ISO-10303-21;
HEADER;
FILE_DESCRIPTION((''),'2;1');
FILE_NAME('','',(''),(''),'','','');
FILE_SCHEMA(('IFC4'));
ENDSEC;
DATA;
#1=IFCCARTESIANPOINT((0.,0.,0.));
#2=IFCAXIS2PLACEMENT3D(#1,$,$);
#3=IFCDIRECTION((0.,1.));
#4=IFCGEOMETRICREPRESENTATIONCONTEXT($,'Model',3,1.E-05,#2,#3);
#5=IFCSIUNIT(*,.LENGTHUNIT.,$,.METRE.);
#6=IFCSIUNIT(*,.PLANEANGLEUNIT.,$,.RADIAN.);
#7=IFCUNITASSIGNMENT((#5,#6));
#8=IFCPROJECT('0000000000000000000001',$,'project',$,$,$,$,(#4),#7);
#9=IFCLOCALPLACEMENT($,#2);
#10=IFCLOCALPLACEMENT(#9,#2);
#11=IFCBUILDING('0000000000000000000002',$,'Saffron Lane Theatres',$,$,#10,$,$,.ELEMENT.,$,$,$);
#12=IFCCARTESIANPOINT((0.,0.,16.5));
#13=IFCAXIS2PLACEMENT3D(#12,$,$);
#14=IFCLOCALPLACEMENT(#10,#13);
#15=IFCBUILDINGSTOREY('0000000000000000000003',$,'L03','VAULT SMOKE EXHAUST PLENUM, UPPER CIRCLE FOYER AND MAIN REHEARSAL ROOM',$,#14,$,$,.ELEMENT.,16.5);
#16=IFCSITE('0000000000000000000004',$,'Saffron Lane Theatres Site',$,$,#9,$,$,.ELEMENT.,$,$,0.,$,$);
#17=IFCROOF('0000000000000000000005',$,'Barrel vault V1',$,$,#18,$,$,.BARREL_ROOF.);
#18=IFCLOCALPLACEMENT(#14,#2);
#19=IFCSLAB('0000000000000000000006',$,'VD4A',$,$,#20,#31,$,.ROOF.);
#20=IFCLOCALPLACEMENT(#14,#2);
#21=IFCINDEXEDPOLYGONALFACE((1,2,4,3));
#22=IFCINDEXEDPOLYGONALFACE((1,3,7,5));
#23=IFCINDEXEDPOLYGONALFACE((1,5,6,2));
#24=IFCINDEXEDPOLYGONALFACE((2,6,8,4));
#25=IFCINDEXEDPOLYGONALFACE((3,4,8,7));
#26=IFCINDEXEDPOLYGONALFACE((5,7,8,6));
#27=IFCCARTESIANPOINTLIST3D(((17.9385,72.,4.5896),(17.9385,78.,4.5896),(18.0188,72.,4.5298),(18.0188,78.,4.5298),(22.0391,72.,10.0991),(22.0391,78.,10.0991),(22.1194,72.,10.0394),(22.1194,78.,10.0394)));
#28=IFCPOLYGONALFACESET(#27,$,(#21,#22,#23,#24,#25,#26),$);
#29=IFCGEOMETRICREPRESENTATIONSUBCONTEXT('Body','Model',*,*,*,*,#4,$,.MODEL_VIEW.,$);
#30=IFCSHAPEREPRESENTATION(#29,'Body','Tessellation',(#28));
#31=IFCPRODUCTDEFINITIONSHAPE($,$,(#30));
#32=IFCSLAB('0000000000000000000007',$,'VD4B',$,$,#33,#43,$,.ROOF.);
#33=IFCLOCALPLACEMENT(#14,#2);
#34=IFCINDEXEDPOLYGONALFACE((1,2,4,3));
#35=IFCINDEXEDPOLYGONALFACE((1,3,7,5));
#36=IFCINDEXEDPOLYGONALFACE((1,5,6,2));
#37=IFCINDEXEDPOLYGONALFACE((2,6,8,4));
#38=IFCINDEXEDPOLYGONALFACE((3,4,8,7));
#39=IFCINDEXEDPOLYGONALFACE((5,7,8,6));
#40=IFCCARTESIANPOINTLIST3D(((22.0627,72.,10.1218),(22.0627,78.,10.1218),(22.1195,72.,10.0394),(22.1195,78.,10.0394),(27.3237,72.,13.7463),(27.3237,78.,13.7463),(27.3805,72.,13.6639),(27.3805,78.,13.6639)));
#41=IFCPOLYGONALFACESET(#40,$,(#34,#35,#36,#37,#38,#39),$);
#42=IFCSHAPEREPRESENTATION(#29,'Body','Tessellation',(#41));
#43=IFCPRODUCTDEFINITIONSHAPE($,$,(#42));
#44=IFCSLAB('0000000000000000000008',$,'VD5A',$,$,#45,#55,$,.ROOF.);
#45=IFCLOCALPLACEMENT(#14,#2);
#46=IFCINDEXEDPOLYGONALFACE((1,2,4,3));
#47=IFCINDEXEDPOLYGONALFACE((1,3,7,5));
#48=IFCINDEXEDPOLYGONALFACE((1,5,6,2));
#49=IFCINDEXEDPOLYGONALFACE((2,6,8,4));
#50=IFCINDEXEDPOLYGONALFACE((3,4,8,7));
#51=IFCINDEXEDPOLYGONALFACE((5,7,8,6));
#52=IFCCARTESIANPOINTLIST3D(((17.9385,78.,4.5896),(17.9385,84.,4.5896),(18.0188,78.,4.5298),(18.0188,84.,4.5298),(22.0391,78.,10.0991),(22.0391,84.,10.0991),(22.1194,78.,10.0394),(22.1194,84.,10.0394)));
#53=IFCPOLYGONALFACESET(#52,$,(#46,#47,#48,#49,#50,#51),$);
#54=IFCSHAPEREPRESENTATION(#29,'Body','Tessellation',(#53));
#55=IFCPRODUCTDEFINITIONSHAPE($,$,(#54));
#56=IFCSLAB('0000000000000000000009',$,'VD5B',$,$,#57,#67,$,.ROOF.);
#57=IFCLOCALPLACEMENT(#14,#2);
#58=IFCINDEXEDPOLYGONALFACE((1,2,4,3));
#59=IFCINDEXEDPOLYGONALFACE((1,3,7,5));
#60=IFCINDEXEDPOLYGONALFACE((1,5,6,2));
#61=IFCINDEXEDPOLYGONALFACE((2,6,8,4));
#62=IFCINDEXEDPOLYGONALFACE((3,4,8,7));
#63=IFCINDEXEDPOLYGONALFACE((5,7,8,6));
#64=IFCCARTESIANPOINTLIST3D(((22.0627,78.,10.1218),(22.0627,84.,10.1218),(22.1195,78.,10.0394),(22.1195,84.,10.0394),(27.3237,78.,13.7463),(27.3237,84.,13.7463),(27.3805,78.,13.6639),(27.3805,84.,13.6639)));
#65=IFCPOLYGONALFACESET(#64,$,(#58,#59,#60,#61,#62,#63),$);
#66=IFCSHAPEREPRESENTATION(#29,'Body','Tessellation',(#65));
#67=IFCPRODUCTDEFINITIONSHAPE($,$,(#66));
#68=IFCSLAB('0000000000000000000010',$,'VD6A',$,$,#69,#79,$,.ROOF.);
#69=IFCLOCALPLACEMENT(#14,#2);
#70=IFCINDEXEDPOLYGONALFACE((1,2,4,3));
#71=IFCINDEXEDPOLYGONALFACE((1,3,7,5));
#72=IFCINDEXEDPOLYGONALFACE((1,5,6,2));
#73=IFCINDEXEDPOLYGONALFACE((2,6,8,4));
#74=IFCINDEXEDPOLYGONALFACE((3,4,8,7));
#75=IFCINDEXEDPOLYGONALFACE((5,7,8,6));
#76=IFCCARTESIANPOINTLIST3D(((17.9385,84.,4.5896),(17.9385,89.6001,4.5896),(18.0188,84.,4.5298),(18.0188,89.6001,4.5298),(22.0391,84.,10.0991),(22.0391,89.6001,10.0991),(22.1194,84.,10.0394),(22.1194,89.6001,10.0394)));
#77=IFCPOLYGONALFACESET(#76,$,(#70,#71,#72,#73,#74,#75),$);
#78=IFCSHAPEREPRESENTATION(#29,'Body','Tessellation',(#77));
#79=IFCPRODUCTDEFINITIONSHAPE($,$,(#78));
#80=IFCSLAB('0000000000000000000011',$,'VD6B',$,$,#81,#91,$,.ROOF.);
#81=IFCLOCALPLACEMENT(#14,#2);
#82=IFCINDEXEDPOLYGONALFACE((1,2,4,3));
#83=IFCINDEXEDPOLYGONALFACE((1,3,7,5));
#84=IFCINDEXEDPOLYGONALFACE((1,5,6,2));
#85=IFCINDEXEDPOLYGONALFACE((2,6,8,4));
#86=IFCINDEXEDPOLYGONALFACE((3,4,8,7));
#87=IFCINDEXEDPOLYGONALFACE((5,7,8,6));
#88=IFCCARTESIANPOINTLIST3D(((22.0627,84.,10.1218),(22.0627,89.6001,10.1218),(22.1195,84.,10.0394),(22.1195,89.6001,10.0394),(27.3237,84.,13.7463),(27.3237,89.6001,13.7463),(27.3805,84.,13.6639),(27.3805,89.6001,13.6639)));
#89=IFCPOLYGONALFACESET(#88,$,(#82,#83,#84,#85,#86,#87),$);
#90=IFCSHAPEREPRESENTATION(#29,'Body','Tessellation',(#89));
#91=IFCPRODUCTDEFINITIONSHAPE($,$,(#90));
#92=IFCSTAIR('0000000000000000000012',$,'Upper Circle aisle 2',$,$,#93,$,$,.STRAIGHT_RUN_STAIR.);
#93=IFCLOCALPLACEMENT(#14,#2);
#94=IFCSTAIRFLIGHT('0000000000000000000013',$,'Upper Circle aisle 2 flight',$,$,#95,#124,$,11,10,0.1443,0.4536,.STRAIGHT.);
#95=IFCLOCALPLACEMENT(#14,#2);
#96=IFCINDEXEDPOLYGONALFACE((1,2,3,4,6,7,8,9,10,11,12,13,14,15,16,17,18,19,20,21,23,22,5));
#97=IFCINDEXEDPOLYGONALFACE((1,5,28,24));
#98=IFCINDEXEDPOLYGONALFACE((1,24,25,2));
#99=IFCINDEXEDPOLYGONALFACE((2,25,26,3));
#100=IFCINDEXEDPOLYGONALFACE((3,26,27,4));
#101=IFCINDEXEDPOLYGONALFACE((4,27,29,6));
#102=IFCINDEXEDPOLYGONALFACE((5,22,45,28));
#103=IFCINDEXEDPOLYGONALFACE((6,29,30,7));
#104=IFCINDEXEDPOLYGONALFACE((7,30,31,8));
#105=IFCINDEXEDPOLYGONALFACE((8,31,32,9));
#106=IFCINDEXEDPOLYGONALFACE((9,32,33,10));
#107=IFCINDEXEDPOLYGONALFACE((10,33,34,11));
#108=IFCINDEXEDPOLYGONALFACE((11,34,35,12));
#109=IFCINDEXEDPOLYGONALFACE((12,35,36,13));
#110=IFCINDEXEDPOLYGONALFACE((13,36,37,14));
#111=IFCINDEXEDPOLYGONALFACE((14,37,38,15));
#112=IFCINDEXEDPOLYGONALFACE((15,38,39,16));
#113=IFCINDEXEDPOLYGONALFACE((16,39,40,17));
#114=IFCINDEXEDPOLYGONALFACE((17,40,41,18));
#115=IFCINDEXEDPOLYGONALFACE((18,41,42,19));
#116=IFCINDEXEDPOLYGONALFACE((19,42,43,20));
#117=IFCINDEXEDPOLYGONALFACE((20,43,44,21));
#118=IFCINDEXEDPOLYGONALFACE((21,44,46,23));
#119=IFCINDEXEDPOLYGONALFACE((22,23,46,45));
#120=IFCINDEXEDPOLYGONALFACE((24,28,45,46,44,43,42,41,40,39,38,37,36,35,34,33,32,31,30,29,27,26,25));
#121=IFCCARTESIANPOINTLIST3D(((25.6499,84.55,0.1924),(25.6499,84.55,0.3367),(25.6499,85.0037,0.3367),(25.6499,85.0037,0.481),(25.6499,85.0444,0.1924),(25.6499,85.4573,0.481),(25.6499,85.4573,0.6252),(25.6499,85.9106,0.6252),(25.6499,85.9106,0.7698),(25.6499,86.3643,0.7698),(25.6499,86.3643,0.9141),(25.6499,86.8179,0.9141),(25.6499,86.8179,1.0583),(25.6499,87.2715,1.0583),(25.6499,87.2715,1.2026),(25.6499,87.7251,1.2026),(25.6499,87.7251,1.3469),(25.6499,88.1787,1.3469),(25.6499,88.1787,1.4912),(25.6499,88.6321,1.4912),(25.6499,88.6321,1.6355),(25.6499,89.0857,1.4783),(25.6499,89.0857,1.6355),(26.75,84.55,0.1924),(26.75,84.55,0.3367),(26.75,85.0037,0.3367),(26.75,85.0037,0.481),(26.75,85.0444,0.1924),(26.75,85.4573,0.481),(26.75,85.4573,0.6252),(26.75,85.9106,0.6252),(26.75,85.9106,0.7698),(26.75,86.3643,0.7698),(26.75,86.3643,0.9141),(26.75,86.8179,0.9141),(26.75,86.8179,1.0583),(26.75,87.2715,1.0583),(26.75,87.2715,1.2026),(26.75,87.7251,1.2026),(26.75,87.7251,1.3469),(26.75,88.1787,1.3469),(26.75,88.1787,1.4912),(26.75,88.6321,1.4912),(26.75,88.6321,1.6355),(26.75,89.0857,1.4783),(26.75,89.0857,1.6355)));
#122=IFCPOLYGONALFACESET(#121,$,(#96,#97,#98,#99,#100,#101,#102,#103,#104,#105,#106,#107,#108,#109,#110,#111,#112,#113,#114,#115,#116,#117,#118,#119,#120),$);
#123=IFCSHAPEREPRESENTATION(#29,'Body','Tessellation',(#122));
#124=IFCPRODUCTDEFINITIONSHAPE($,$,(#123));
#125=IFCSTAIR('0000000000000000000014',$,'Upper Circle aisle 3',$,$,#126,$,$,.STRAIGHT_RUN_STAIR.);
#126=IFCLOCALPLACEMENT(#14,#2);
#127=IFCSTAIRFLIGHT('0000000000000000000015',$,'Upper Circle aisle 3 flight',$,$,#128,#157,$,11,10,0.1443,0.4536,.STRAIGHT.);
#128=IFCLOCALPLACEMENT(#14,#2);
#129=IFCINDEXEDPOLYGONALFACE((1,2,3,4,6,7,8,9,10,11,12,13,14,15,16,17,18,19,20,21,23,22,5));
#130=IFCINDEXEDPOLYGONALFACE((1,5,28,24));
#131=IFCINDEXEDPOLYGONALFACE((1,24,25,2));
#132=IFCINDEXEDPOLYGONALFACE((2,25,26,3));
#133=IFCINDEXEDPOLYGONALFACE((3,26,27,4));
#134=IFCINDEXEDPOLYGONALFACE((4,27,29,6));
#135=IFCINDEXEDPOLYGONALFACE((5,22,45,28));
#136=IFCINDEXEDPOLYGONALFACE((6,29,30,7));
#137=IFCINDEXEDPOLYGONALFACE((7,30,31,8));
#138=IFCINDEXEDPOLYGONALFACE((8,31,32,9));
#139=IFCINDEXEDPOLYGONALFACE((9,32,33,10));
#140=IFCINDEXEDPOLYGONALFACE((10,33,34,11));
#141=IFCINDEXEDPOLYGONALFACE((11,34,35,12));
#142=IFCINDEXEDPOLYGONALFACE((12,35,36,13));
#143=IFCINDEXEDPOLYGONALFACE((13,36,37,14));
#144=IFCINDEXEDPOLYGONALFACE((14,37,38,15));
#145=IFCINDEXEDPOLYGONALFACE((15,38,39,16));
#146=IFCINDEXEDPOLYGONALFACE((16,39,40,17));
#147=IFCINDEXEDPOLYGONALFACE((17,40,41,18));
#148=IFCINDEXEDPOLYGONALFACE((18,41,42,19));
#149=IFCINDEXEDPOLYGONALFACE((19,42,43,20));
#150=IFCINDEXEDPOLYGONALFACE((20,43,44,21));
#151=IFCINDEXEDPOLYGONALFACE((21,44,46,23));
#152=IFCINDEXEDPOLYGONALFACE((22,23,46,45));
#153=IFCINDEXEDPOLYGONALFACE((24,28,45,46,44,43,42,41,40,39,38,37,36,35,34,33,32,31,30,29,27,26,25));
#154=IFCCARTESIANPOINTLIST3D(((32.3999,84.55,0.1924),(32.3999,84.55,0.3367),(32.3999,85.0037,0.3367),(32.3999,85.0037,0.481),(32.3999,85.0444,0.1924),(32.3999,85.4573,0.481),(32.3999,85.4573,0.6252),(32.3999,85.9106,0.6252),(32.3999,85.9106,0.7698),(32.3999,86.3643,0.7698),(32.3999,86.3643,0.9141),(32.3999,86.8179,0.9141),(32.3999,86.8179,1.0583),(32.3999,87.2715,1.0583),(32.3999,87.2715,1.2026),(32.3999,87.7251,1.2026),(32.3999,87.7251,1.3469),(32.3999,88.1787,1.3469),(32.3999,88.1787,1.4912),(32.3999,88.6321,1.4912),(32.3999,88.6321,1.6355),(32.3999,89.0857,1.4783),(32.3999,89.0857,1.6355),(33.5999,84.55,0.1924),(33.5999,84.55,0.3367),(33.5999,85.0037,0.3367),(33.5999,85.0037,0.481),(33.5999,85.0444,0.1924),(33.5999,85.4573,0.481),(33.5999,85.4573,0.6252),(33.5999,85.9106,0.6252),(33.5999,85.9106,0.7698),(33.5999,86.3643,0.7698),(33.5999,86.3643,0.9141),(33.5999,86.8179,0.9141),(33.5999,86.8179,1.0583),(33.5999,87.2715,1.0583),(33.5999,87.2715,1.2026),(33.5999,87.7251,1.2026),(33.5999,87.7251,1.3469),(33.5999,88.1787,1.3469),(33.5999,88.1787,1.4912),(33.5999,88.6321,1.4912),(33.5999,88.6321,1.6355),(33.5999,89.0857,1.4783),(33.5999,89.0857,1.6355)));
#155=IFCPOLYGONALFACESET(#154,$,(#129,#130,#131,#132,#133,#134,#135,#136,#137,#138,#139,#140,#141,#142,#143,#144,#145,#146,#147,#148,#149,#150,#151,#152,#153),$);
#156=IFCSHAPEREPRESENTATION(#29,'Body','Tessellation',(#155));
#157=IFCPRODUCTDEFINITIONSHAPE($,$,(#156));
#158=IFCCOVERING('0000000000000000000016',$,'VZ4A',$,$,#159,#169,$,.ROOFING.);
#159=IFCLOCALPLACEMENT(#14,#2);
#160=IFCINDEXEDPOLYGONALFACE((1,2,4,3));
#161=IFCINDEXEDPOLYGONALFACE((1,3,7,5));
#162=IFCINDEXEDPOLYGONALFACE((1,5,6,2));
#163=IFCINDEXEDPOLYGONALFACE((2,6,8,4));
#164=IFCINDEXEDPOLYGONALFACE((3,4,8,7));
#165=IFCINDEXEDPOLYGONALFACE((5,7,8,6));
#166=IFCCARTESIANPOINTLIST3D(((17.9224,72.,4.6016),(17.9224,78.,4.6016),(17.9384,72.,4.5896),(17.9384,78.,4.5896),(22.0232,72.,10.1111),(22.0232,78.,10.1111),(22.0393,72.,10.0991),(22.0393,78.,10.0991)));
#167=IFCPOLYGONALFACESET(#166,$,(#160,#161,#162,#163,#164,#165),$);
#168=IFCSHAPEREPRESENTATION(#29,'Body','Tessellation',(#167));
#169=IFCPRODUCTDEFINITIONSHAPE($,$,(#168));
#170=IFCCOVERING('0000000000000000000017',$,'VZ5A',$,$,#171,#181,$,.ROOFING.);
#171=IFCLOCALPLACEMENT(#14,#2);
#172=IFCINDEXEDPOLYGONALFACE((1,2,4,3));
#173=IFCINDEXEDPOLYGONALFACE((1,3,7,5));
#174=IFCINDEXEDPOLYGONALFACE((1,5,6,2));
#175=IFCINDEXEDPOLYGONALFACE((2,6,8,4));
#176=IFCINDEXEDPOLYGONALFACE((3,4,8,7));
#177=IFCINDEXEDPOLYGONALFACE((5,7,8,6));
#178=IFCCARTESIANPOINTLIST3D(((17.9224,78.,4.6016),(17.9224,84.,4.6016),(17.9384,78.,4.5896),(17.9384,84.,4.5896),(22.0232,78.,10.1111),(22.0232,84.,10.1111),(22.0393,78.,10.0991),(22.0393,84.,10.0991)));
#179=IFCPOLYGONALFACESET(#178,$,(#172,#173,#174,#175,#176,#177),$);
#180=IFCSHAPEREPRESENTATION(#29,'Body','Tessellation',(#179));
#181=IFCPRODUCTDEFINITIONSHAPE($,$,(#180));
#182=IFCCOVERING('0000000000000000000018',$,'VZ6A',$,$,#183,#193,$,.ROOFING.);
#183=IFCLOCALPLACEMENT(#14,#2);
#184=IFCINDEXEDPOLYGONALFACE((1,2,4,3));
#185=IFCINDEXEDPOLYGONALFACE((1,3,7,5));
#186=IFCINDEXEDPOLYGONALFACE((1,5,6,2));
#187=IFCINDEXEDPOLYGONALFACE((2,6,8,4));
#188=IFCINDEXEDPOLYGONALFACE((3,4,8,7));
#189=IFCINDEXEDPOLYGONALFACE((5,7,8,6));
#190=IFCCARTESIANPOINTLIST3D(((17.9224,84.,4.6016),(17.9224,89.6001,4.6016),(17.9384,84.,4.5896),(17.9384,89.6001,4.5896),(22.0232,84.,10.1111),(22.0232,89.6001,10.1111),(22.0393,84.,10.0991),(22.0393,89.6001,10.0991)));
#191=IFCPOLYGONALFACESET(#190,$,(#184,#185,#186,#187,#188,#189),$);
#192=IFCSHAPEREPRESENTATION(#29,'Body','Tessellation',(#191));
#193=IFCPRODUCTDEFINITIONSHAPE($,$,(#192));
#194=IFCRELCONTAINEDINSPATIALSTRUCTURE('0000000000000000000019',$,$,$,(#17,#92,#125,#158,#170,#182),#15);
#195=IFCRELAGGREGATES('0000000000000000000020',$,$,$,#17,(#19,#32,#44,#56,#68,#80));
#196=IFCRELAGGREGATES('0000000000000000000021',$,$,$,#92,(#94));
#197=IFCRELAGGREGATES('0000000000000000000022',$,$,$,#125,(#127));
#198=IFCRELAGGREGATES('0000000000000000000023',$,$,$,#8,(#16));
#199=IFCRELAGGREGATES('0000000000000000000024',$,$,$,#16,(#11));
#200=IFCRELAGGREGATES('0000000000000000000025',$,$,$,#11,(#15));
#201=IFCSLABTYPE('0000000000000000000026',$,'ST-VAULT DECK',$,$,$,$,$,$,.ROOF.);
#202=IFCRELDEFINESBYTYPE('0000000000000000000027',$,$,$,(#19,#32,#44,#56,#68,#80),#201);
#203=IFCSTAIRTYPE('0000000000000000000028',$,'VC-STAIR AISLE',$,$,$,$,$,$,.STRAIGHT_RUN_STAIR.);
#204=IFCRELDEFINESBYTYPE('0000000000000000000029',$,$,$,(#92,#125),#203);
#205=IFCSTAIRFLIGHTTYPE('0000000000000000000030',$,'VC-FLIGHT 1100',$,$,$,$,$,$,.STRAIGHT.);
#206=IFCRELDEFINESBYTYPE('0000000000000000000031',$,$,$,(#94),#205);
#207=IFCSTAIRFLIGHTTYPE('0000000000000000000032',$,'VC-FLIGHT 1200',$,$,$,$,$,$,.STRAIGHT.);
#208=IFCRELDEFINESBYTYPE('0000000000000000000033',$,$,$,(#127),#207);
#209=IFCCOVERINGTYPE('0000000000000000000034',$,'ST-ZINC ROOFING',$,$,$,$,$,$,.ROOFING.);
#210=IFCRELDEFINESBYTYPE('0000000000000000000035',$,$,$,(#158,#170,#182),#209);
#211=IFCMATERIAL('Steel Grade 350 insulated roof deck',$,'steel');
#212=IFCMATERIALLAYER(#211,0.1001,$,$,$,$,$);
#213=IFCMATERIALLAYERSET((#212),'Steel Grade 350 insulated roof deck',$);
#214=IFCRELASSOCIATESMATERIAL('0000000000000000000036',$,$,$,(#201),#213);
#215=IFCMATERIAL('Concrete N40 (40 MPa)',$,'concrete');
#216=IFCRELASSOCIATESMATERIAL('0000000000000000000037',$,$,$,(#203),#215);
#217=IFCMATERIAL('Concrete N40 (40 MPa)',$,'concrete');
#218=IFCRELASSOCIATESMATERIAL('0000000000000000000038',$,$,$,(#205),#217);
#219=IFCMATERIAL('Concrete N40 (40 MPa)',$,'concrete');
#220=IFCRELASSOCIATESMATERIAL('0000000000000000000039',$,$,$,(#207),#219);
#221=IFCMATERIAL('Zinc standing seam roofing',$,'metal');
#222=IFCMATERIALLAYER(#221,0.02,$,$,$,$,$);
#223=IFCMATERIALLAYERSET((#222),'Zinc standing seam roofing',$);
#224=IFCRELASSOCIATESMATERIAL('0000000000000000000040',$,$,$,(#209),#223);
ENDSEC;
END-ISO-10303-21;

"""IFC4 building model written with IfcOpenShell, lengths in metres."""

from ifc_helpers import new_model, si_unit, direction, frame, origin, place, context, subcontext, project, spatial, polyline, outline, extrude, material, layer, layer_set, type_object, element, aggregate, save


model = new_model("IFC4")

# Units and contexts
model_context = context("Model", 3, precision=1e-05, world=origin(), true_north=direction((0.0, 1.0)))
body_context = subcontext(model_context, "Body", "Model", "MODEL_VIEW")
ifc_project = project(units=[si_unit("LENGTHUNIT", "METRE"), si_unit("PLANEANGLEUNIT", "RADIAN")], contexts=[model_context])

# Site, building, storey
site_placement = place(None, origin())
site = spatial("IfcSite", under=ifc_project, at=site_placement, Name="Saffron Lane Theatres Site", CompositionType="ELEMENT", RefElevation=0.0)
building_placement = place(site_placement, origin())
building = spatial("IfcBuilding", under=site, at=building_placement, Name="Saffron Lane Theatres", CompositionType="ELEMENT")
storey_placement = place(building_placement, frame((0.0, 0.0, 16.5)))
storey = spatial("IfcBuildingStorey", under=building, at=storey_placement, Name="L03", Description="VAULT SMOKE EXHAUST PLENUM, UPPER CIRCLE FOYER AND MAIN REHEARSAL ROOM", CompositionType="ELEMENT", Elevation=16.5)

# Roof, slabs
roof_placement = place(storey_placement, origin())
roof = element("IfcRoof", 1, at=roof_placement, inside=storey, Name="Barrel vault V1", PredefinedType="BARREL_ROOF")
ifc_material_1 = material(Name="Steel Grade 350 insulated roof deck", Category="steel")
ifc_layer_1 = layer(ifc_material_1, 0.1001)
ifc_layer_set_1 = layer_set([ifc_layer_1], Name="Steel Grade 350 insulated roof deck")
slab_type_1 = type_object("IfcSlabType", Name="ST-VAULT DECK", PredefinedType="ROOF", material=ifc_layer_set_1)
slab_1_placement = place(storey_placement, frame((17.9385, 72.0, 4.5896), z_axis=(-0.8022, 0.0, 0.597055), x_axis=(0.597055, 0.0, 0.8022)))
slab_1 = element("IfcSlab", 2, at=slab_1_placement, type_object=slab_type_1, Name="VD4A", PredefinedType="ROOF", context=body_context, shape_type="SweptSolid", body=[
    extrude(outline(polyline([(0.0, 0.0), (6.868, 0.0), (6.868, 6.0), (0.0, 6.0), (0.0, 0.0)])), origin(), (0.0, 0.0, -1.0), 0.1001),
])
slab_2_placement = place(storey_placement, frame((22.0627, 72.0, 10.1218), z_axis=(-0.567335, 0.0, 0.823487), x_axis=(0.823487, 0.0, 0.567335)))
slab_2 = element("IfcSlab", 3, at=slab_2_placement, type_object=slab_type_1, Name="VD4B", PredefinedType="ROOF", context=body_context, shape_type="SweptSolid", body=[
    extrude(outline(polyline([(0.0, 0.0), (6.3887, 0.0), (6.3887, 6.0), (0.0, 6.0), (0.0, 0.0)])), origin(), (0.0, 0.0, -1.0), 0.1001),
])
slab_3_placement = place(storey_placement, frame((17.9385, 78.0, 4.5896), z_axis=(-0.8022, 0.0, 0.597055), x_axis=(0.597055, 0.0, 0.8022)))
slab_3 = element("IfcSlab", 4, at=slab_3_placement, type_object=slab_type_1, Name="VD5A", PredefinedType="ROOF", context=body_context, shape_type="SweptSolid", body=[
    extrude(outline(polyline([(0.0, 0.0), (6.868, 0.0), (6.868, 6.0), (0.0, 6.0), (0.0, 0.0)])), origin(), (0.0, 0.0, -1.0), 0.1001),
])
slab_4_placement = place(storey_placement, frame((22.0627, 78.0, 10.1218), z_axis=(-0.567335, 0.0, 0.823487), x_axis=(0.823487, 0.0, 0.567335)))
slab_4 = element("IfcSlab", 5, at=slab_4_placement, type_object=slab_type_1, Name="VD5B", PredefinedType="ROOF", context=body_context, shape_type="SweptSolid", body=[
    extrude(outline(polyline([(0.0, 0.0), (6.3887, 0.0), (6.3887, 6.0), (0.0, 6.0), (0.0, 0.0)])), origin(), (0.0, 0.0, -1.0), 0.1001),
])
slab_5_placement = place(storey_placement, frame((17.9385, 84.0, 4.5896), z_axis=(-0.8022, 0.0, 0.597055), x_axis=(0.597055, 0.0, 0.8022)))
slab_5 = element("IfcSlab", 6, at=slab_5_placement, type_object=slab_type_1, Name="VD6A", PredefinedType="ROOF", context=body_context, shape_type="SweptSolid", body=[
    extrude(outline(polyline([(0.0, 0.0), (6.868, 0.0), (6.868, 5.6001), (0.0, 5.6001), (0.0, 0.0)])), origin(), (0.0, 0.0, -1.0), 0.1001),
])
slab_6_placement = place(storey_placement, frame((22.0627, 84.0, 10.1218), z_axis=(-0.567335, 0.0, 0.823487), x_axis=(0.823487, 0.0, 0.567335)))
slab_6 = element("IfcSlab", 7, at=slab_6_placement, type_object=slab_type_1, Name="VD6B", PredefinedType="ROOF", context=body_context, shape_type="SweptSolid", body=[
    extrude(outline(polyline([(0.0, 0.0), (6.3887, 0.0), (6.3887, 5.6001), (0.0, 5.6001), (0.0, 0.0)])), origin(), (0.0, 0.0, -1.0), 0.1001),
])
aggregate(roof, [slab_1, slab_2, slab_3, slab_4, slab_5, slab_6])

# Stairs, stair flights
ifc_material_2 = material(Name="Concrete N40 (40 MPa)", Category="concrete")
stair_type = type_object("IfcStairType", Name="VC-STAIR AISLE", PredefinedType="STRAIGHT_RUN_STAIR", material=ifc_material_2)
stair_1_placement = place(storey_placement, origin())
stair_1 = element("IfcStair", 8, at=stair_1_placement, inside=storey, type_object=stair_type, Name="Upper Circle aisle 2", PredefinedType="STRAIGHT_RUN_STAIR")
ifc_material_3 = material(Name="Concrete N40 (40 MPa)", Category="concrete")
stair_flight_type_1 = type_object("IfcStairFlightType", Name="VC-FLIGHT 1100", PredefinedType="STRAIGHT", material=ifc_material_3)
stair_flight_1_placement = place(storey_placement, frame((26.2, 84.55, 0.1924), z_axis=(0.0, 0.0, 1.0), x_axis=(0.0, 1.0, 0.0)))
stair_flight_1 = element("IfcStairFlight", 9, at=stair_flight_1_placement, type_object=stair_flight_type_1, Name="Upper Circle aisle 2 flight", NumberOfRisers=11, NumberOfTreads=10, PredefinedType="STRAIGHT", RiserHeight=0.1443, TreadLength=0.4536, context=body_context, shape_type="SweptSolid", body=[
    extrude(outline(polyline([(0.0, 0.0), (0.0, 0.1443), (0.4536, 0.1443), (0.4536, 0.2886), (0.9072, 0.2886), (0.9072, 0.4329), (1.3606, 0.4329), (1.3606, 0.5774), (1.8142, 0.5774), (1.8142, 0.7217), (2.2678, 0.7217), (2.2678, 0.866), (2.7214, 0.866), (2.7214, 1.0103), (3.175, 1.0103), (3.175, 1.1545), (3.6287, 1.1545), (3.6287, 1.2988), (4.082, 1.2988), (4.082, 1.4431), (4.5356, 1.4431), (4.5356, 1.5874), (4.5356, 1.2859), (0.4944, 0.0), (0.0, 0.0)])), frame((0.0, 0.55, 0.0), z_axis=(0.0, -1.0, 0.0), x_axis=(1.0, 0.0, 0.0)), (0.0, 0.0, 1.0), 1.1001),
])
aggregate(stair_1, [stair_flight_1])
stair_2_placement = place(storey_placement, origin())
stair_2 = element("IfcStair", 10, at=stair_2_placement, inside=storey, type_object=stair_type, Name="Upper Circle aisle 3", PredefinedType="STRAIGHT_RUN_STAIR")
ifc_material_4 = material(Name="Concrete N40 (40 MPa)", Category="concrete")
stair_flight_type_2 = type_object("IfcStairFlightType", Name="VC-FLIGHT 1200", PredefinedType="STRAIGHT", material=ifc_material_4)
stair_flight_2_placement = place(storey_placement, frame((33.0, 84.55, 0.1924), z_axis=(0.0, 0.0, 1.0), x_axis=(0.0, 1.0, 0.0)))
stair_flight_2 = element("IfcStairFlight", 11, at=stair_flight_2_placement, type_object=stair_flight_type_2, Name="Upper Circle aisle 3 flight", NumberOfRisers=11, NumberOfTreads=10, PredefinedType="STRAIGHT", RiserHeight=0.1443, TreadLength=0.4536, context=body_context, shape_type="SweptSolid", body=[
    extrude(outline(polyline([(0.0, 0.0), (0.0, 0.1443), (0.4536, 0.1443), (0.4536, 0.2886), (0.9072, 0.2886), (0.9072, 0.4329), (1.3606, 0.4329), (1.3606, 0.5774), (1.8142, 0.5774), (1.8142, 0.7217), (2.2678, 0.7217), (2.2678, 0.866), (2.7214, 0.866), (2.7214, 1.0103), (3.175, 1.0103), (3.175, 1.1545), (3.6287, 1.1545), (3.6287, 1.2988), (4.082, 1.2988), (4.082, 1.4431), (4.5356, 1.4431), (4.5356, 1.5874), (4.5356, 1.2859), (0.4944, 0.0), (0.0, 0.0)])), frame((0.0, 0.6001, 0.0), z_axis=(0.0, -1.0, 0.0), x_axis=(1.0, 0.0, 0.0)), (0.0, 0.0, 1.0), 1.2),
])
aggregate(stair_2, [stair_flight_2])

# Coverings
ifc_material_5 = material(Name="Zinc standing seam roofing", Category="metal")
ifc_layer_2 = layer(ifc_material_5, 0.02)
ifc_layer_set_2 = layer_set([ifc_layer_2], Name="Zinc standing seam roofing")
covering_type = type_object("IfcCoveringType", Name="ST-ZINC ROOFING", PredefinedType="ROOFING", material=ifc_layer_set_2)
for number, where, z_axis, x_axis, name in (
    (12, (17.9224, 72.0, 4.6016), (-0.802183, 0.0, 0.597078), (0.597078, 0.0, 0.802183), "VZ4A"),
    (13, (17.9224, 78.0, 4.6016), (-0.802183, 0.0, 0.597078), (0.597078, 0.0, 0.802183), "VZ5A"),
):
    element("IfcCovering", number, at=place(storey_placement, frame(where, z_axis=z_axis, x_axis=x_axis)), inside=storey, type_object=covering_type, Name=name, PredefinedType="ROOFING", context=body_context, shape_type="SweptSolid", body=[
        extrude(outline(polyline([(0.0, 0.0), (6.8682, 0.0), (6.8682, 6.0), (0.0, 6.0), (0.0, 0.0)])), origin(), (0.0, 0.0, -1.0), 0.02),
    ])
covering_placement = place(storey_placement, frame((17.9224, 84.0, 4.6016), z_axis=(-0.802183, 0.0, 0.597078), x_axis=(0.597078, 0.0, 0.802183)))
element("IfcCovering", 14, at=covering_placement, inside=storey, type_object=covering_type, Name="VZ6A", PredefinedType="ROOFING", context=body_context, shape_type="SweptSolid", body=[
    extrude(outline(polyline([(0.0, 0.0), (6.8682, 0.0), (6.8682, 5.6001), (0.0, 5.6001), (0.0, 0.0)])), origin(), (0.0, 0.0, -1.0), 0.02),
])

save(model, "model.ifc")
